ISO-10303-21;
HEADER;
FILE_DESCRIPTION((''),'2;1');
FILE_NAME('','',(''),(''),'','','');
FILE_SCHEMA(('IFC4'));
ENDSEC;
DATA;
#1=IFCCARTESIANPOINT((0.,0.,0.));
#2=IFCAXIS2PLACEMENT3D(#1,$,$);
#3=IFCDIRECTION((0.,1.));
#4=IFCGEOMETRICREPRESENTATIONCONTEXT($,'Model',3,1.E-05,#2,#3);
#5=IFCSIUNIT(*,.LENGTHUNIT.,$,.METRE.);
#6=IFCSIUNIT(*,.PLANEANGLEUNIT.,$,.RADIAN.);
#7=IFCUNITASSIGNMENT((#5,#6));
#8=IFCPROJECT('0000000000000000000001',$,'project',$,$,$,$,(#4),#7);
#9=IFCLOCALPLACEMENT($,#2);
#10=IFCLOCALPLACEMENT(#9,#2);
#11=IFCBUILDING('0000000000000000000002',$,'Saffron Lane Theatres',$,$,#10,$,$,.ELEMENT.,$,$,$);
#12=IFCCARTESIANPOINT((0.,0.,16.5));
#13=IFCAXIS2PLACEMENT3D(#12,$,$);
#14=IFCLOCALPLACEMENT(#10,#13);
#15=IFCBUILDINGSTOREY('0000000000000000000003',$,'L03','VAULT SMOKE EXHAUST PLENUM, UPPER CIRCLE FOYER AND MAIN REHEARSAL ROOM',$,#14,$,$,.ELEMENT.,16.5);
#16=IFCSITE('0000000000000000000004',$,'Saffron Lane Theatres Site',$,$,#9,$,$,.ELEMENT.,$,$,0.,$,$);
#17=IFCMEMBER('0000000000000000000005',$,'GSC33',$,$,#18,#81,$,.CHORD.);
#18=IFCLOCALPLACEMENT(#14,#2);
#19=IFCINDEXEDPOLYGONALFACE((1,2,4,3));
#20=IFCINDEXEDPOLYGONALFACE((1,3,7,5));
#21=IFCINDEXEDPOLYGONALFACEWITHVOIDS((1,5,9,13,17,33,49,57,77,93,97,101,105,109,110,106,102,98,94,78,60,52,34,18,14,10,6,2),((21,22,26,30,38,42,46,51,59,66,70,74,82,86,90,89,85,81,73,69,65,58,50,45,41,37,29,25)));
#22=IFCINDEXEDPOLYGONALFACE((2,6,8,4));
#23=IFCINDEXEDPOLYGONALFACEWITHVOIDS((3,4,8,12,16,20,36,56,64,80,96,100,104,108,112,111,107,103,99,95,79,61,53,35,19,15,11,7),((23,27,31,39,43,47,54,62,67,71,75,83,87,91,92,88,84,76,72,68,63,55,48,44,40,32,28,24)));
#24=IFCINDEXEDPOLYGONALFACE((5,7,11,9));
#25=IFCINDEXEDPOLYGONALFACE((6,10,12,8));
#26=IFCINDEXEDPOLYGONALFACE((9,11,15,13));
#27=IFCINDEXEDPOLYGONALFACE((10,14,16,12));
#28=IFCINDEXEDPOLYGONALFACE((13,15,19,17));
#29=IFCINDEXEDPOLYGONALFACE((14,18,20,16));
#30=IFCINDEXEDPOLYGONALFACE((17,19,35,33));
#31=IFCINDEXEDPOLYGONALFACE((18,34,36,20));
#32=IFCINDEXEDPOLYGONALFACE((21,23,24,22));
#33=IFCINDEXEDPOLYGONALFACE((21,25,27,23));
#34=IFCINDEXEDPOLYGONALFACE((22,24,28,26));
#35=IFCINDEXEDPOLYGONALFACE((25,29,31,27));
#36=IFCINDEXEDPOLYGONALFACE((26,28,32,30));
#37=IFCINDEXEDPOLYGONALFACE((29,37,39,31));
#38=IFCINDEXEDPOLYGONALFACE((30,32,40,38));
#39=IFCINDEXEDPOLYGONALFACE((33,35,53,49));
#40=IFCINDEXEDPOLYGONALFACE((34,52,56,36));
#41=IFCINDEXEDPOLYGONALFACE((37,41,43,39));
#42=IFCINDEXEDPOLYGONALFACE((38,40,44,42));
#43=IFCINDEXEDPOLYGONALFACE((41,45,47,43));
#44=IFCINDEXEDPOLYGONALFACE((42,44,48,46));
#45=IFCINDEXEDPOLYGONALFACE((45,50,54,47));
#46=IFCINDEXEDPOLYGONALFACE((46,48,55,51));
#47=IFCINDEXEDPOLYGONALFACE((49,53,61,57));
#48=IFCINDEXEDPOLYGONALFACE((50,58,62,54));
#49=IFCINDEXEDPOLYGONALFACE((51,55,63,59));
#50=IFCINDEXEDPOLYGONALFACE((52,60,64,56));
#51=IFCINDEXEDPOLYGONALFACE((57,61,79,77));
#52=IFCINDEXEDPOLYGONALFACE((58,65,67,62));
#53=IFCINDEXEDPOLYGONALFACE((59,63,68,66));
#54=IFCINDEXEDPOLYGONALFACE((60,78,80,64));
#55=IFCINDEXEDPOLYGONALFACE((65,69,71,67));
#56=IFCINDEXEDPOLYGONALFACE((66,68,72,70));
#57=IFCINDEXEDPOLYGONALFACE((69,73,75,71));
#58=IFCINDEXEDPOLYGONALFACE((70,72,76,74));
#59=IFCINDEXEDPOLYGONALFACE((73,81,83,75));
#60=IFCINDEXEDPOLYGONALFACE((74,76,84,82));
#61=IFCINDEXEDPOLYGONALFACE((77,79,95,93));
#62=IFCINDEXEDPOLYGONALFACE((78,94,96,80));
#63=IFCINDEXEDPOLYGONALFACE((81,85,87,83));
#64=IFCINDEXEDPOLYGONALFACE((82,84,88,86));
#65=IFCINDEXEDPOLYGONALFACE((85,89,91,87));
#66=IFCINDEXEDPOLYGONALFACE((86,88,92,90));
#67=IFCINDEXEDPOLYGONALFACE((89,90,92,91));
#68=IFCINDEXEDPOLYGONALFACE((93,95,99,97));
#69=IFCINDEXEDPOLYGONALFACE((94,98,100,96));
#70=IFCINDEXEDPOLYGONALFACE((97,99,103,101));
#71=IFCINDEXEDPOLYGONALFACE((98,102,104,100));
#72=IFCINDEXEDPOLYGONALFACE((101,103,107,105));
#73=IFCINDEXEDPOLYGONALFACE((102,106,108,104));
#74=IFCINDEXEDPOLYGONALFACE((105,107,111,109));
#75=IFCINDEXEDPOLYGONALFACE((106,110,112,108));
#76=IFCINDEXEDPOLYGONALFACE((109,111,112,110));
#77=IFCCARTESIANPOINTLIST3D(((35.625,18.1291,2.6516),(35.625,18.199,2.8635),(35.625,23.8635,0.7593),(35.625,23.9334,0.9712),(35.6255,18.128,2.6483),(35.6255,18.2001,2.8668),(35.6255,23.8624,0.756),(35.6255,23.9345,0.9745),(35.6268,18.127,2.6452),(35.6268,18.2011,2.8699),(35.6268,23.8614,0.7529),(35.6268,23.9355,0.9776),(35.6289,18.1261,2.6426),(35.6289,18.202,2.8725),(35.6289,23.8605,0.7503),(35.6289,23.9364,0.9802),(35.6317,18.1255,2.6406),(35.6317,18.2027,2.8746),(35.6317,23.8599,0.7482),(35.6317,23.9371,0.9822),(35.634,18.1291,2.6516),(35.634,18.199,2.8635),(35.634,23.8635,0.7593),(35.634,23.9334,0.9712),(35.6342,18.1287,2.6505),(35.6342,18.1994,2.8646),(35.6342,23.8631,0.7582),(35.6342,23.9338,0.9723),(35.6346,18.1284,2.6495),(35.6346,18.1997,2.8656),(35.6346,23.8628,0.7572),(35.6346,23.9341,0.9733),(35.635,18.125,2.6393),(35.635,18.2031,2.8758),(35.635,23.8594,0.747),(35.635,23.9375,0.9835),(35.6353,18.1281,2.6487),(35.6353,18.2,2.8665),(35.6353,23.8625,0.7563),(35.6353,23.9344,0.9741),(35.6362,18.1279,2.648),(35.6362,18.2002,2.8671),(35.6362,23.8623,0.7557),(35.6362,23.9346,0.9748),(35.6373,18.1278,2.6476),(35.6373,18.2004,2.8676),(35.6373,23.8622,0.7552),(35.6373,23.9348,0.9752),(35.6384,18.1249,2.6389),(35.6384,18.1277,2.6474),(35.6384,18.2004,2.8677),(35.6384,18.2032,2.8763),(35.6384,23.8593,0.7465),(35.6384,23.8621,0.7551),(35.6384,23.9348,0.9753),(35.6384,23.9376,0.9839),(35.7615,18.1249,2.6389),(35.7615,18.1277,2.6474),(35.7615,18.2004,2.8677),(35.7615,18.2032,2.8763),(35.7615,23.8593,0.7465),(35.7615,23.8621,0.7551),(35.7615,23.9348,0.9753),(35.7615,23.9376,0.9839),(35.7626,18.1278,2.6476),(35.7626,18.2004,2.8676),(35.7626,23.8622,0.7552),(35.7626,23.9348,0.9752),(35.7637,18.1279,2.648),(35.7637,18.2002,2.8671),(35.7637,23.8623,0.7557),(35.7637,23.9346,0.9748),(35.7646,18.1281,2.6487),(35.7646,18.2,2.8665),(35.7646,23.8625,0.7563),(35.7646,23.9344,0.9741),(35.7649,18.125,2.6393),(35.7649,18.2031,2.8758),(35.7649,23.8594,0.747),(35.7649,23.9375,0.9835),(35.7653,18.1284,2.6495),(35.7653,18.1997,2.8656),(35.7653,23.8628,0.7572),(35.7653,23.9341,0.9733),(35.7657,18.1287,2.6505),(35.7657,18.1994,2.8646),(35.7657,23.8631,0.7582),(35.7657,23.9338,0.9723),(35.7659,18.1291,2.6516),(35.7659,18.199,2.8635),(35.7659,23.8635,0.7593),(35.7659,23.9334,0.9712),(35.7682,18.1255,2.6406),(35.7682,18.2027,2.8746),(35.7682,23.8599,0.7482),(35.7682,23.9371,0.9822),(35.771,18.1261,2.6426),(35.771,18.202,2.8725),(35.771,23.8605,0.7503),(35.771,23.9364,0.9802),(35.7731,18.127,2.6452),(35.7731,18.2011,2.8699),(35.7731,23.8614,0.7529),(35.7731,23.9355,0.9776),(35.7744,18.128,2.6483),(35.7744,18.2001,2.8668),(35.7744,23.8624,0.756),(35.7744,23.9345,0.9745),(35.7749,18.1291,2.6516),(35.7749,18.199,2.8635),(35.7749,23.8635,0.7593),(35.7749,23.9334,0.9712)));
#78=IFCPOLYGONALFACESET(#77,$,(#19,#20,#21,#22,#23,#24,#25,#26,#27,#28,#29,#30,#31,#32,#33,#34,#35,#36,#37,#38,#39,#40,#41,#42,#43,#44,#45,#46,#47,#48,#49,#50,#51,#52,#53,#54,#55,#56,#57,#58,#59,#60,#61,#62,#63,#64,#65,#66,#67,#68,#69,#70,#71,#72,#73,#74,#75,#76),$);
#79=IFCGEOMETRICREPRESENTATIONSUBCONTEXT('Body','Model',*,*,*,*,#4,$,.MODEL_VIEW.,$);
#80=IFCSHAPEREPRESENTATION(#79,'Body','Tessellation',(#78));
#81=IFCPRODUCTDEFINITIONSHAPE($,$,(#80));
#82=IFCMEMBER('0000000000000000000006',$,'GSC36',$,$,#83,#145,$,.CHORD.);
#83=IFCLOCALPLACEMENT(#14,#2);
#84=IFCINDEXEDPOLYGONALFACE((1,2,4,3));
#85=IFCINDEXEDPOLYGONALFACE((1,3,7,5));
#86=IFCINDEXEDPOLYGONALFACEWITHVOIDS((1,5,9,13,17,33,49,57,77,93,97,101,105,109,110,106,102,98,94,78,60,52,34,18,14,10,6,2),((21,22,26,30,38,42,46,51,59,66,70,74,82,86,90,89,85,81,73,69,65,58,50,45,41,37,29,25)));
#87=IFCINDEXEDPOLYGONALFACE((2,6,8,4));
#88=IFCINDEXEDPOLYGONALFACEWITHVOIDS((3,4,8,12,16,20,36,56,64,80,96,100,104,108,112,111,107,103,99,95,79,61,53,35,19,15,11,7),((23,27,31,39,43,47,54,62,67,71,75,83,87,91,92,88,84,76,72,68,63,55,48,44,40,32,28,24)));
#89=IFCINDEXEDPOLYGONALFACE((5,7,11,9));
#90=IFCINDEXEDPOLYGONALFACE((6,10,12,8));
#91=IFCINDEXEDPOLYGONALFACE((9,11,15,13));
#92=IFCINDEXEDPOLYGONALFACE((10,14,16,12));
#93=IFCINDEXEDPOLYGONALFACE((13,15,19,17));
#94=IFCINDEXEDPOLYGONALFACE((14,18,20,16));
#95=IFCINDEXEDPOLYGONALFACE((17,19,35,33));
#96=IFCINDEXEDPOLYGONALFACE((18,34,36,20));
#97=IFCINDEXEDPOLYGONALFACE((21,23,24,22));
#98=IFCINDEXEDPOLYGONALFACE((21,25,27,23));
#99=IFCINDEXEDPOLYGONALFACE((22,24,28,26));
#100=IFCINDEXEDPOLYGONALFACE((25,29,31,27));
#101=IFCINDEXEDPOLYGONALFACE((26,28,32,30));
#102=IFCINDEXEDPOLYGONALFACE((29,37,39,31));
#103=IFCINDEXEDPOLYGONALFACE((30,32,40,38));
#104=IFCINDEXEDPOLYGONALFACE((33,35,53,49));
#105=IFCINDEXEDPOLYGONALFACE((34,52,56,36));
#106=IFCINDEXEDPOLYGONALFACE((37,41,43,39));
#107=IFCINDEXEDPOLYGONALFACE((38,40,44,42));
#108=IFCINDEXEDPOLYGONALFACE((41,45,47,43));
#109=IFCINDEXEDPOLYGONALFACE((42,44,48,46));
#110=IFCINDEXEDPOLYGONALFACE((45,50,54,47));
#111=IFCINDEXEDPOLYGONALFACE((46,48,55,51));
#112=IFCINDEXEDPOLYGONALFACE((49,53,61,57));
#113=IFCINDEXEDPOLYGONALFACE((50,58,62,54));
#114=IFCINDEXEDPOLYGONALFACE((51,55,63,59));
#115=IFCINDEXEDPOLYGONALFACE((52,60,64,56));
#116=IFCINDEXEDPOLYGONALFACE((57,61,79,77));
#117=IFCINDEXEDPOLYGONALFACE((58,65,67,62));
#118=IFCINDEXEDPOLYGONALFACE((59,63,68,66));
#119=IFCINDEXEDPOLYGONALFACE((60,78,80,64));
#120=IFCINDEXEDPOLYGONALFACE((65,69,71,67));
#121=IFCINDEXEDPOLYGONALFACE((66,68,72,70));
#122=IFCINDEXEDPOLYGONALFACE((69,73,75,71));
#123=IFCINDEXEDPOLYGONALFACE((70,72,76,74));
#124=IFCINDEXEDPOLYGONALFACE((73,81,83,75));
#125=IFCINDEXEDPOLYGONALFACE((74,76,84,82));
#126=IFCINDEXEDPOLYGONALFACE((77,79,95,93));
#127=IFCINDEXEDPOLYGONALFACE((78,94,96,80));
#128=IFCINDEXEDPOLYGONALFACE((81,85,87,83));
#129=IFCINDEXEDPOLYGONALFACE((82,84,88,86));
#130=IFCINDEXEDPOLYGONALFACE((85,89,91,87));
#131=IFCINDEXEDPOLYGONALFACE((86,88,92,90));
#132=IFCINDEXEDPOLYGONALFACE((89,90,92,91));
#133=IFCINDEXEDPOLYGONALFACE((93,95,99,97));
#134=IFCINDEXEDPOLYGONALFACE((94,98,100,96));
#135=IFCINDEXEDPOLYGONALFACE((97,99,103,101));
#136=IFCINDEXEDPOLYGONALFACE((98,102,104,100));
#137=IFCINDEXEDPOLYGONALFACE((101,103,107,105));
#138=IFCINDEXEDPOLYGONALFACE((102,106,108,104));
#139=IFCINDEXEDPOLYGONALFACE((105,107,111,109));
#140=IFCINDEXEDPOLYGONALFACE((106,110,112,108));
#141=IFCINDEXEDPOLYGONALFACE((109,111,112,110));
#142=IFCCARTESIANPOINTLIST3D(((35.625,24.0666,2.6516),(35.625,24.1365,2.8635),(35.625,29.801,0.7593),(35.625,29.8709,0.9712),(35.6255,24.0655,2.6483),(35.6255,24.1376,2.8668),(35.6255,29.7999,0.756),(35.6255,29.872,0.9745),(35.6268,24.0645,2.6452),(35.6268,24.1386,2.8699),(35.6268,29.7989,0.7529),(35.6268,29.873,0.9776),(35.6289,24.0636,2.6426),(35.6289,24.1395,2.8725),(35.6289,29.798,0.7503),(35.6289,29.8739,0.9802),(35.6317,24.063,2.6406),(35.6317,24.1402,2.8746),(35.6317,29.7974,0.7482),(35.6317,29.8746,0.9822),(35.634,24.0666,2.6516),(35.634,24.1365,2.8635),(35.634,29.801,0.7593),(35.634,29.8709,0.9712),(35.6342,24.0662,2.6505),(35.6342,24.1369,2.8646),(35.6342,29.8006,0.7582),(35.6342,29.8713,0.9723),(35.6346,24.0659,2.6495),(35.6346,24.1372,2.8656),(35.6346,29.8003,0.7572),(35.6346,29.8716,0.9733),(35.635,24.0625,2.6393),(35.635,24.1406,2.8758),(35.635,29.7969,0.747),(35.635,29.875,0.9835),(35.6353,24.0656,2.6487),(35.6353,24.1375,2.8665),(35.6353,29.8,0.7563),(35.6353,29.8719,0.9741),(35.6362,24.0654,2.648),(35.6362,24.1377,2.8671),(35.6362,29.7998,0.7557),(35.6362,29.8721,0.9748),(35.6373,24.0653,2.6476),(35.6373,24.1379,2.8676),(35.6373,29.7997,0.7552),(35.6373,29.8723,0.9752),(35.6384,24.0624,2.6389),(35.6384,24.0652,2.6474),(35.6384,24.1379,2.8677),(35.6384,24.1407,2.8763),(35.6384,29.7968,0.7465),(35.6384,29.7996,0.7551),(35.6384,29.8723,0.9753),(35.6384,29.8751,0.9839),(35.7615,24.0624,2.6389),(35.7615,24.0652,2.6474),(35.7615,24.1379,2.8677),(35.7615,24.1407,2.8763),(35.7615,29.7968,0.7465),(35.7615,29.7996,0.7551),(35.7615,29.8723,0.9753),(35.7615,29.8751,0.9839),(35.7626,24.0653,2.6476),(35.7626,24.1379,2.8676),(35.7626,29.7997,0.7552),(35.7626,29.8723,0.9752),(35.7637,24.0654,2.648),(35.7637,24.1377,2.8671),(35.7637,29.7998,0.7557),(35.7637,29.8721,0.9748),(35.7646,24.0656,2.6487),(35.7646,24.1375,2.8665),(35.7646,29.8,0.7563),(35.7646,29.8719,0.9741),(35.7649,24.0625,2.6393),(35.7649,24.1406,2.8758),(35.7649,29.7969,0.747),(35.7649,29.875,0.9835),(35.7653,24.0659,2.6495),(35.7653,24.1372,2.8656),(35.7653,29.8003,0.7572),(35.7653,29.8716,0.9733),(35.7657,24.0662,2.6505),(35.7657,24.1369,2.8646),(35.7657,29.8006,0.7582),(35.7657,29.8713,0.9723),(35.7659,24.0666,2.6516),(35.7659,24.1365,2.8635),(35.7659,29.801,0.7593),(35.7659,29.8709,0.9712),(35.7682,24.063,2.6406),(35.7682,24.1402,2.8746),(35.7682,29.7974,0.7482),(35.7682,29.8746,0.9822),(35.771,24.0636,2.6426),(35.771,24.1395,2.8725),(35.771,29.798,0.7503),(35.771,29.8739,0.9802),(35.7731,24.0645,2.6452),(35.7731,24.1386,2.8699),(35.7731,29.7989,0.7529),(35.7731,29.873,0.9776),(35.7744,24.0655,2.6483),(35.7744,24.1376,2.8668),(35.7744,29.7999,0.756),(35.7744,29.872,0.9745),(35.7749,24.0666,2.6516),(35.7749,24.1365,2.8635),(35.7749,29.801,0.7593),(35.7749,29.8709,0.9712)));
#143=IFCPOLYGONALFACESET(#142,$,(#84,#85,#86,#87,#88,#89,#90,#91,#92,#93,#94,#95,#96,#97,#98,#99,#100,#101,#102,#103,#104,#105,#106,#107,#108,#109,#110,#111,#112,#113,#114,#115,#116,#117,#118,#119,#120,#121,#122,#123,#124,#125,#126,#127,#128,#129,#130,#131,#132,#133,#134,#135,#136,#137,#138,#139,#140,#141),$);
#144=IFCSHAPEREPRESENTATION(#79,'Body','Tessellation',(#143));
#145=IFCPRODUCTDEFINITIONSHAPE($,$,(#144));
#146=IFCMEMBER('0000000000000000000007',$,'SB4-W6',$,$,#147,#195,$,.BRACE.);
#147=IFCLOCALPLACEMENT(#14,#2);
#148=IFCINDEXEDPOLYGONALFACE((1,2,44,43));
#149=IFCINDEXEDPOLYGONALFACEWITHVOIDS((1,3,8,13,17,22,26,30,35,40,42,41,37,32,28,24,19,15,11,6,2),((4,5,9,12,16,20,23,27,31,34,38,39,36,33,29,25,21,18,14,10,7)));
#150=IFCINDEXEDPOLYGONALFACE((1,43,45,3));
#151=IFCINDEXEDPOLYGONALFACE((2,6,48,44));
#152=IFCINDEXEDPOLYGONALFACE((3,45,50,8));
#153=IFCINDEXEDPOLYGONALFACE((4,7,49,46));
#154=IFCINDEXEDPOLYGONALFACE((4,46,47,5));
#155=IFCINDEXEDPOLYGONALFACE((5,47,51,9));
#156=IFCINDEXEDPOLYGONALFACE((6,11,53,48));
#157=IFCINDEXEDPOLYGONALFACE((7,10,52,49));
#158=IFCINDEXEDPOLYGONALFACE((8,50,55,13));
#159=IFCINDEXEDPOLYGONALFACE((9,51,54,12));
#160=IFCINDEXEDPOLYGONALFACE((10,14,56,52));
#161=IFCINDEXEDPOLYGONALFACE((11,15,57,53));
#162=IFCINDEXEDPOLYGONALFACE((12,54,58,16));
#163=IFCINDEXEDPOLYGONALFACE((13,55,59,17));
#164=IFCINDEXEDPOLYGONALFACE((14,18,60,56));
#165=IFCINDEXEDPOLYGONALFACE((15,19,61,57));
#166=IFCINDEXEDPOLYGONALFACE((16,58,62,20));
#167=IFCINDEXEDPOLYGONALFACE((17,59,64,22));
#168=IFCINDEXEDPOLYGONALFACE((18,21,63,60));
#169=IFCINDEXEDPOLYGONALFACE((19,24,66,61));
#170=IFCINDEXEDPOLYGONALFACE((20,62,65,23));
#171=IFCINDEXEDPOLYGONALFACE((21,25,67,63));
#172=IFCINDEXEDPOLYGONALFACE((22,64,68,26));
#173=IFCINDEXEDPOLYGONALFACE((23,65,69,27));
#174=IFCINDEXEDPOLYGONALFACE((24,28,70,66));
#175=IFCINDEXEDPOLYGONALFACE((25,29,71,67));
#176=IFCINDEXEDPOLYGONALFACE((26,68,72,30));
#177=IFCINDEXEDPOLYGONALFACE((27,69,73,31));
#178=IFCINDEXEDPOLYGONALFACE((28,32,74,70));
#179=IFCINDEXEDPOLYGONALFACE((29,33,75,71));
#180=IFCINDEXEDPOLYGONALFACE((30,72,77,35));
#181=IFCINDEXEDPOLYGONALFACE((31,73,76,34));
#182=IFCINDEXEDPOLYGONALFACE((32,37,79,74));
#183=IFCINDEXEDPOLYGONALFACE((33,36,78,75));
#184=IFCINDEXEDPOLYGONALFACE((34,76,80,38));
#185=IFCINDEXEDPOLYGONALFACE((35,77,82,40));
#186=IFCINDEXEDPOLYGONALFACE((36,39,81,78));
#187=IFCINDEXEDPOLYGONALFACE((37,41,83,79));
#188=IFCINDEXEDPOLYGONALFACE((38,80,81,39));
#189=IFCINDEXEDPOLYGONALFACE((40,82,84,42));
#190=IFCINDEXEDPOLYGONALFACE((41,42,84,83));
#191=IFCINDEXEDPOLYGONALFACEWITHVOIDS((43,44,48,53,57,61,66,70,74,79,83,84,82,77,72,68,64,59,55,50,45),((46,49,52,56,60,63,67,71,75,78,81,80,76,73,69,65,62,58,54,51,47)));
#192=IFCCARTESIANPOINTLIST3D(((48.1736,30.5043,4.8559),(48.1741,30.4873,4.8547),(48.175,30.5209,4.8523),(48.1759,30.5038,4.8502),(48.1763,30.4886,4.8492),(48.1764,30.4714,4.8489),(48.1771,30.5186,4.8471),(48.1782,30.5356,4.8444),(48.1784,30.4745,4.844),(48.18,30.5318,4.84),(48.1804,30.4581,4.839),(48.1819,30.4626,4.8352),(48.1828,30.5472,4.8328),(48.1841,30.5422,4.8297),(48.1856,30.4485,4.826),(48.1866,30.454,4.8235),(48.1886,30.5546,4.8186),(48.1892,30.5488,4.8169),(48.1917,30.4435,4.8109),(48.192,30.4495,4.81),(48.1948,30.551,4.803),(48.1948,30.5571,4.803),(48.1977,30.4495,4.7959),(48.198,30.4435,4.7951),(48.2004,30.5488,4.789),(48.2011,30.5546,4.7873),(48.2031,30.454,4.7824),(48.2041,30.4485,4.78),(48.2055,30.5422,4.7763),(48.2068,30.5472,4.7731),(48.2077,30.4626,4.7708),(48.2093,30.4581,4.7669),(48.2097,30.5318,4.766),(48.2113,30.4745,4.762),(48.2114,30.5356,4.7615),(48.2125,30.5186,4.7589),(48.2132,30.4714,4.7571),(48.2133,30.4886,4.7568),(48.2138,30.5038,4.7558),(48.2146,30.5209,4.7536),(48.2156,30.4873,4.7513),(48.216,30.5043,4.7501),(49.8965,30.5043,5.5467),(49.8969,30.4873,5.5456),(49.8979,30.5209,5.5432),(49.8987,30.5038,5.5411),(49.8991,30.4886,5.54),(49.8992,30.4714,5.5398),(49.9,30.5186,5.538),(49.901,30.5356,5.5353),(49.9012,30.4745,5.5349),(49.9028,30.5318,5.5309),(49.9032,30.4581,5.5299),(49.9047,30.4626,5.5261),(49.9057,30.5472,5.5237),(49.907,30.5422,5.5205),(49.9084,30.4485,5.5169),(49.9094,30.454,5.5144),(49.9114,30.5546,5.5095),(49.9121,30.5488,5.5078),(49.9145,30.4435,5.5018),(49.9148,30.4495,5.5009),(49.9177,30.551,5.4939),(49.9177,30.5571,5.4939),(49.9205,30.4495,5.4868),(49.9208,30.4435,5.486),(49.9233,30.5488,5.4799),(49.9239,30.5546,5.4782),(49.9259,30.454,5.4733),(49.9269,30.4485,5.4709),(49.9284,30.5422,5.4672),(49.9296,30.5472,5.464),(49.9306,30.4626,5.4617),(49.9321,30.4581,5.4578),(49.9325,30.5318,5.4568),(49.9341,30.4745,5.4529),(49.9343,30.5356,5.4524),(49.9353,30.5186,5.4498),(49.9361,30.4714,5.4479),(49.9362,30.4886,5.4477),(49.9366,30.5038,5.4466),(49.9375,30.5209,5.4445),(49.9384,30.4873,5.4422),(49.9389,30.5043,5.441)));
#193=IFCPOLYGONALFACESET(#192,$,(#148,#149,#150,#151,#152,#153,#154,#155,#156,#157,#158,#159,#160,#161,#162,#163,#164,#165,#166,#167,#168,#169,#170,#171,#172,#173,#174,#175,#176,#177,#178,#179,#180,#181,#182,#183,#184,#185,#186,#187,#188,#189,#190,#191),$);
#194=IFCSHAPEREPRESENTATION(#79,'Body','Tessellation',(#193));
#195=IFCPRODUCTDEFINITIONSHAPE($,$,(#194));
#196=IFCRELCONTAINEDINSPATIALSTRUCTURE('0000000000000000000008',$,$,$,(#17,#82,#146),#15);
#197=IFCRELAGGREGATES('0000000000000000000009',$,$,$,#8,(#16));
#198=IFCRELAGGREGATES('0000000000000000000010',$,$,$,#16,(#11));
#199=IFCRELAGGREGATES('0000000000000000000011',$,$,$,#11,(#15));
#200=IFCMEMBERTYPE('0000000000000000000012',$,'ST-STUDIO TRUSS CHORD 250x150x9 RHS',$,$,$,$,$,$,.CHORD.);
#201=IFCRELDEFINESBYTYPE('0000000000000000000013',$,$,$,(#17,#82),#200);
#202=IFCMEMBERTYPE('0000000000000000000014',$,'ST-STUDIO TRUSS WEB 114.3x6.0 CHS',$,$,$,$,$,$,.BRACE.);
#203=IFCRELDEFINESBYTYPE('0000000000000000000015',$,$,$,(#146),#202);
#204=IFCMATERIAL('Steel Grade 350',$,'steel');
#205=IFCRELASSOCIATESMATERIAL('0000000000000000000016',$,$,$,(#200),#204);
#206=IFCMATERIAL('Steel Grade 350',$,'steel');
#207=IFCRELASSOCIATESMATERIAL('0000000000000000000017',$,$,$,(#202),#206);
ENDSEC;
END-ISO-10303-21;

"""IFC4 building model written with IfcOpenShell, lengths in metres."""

from ifc_helpers import new_model, si_unit, direction, frame, origin, origin_2d, place, context, subcontext, project, spatial, hollow_rectangle, hollow_circle, extrude, material, material_profile, profile_set, type_object, element, save


model = new_model("IFC4")

# Units and contexts
model_context = context("Model", 3, precision=1e-05, world=origin(), true_north=direction((0.0, 1.0)))
body_context = subcontext(model_context, "Body", "Model", "MODEL_VIEW")
ifc_project = project(units=[si_unit("LENGTHUNIT", "METRE"), si_unit("PLANEANGLEUNIT", "RADIAN")], contexts=[model_context])

# Site, building, storey
site_placement = place(None, origin())
site = spatial("IfcSite", under=ifc_project, at=site_placement, Name="Saffron Lane Theatres Site", CompositionType="ELEMENT", RefElevation=0.0)
building_placement = place(site_placement, origin())
building = spatial("IfcBuilding", under=site, at=building_placement, Name="Saffron Lane Theatres", CompositionType="ELEMENT")
storey_placement = place(building_placement, frame((0.0, 0.0, 16.5)))
storey = spatial("IfcBuildingStorey", under=building, at=storey_placement, Name="L03", Description="VAULT SMOKE EXHAUST PLENUM, UPPER CIRCLE FOYER AND MAIN REHEARSAL ROOM", CompositionType="ELEMENT", Elevation=16.5)

# Members
ifc_material_1 = material(Name="Steel Grade 350", Category="steel")
ifc_material_profile_1 = material_profile(ifc_material_1, hollow_rectangle(XDim=0.1499, YDim=0.25, WallThickness=0.009, InnerFilletRadius=0.0044, OuterFilletRadius=0.0134, at=origin_2d()))
ifc_profile_set_1 = profile_set([ifc_material_profile_1], Name="Steel Grade 350")
member_type_1 = type_object("IfcMemberType", Name="ST-STUDIO TRUSS CHORD 250x150x9 RHS", PredefinedType="CHORD", material=ifc_profile_set_1)
for number, where, z_axis, x_axis, name in (
    (1, (35.7, 18.1641, 2.7576), (0.0, 0.949629, -0.313376), (-1.0, 0.0, 0.0), "GSC33"),
    (2, (35.7, 24.1016, 2.7576), (0.0, 0.949629, -0.313376), (-1.0, 0.0, 0.0), "GSC36"),
):
    element("IfcMember", number, at=place(storey_placement, frame(where, z_axis=z_axis, x_axis=x_axis)), inside=storey, type_object=member_type_1, Name=name, PredefinedType="CHORD", context=body_context, shape_type="SweptSolid", body=[
        extrude(hollow_rectangle(XDim=0.1499, YDim=0.25, WallThickness=0.009, InnerFilletRadius=0.0044, OuterFilletRadius=0.0134, at=origin_2d()), origin(), (0.0, 0.0, 1.0), 6.0386),
    ])
ifc_material_2 = material(Name="Steel Grade 350", Category="steel")
ifc_material_profile_2 = material_profile(ifc_material_2, hollow_circle(Radius=0.0571, WallThickness=0.0061, at=origin_2d()))
ifc_profile_set_2 = profile_set([ifc_material_profile_2], Name="Steel Grade 350")
member_type_2 = type_object("IfcMemberType", Name="ST-STUDIO TRUSS WEB 114.3x6.0 CHS", PredefinedType="BRACE", material=ifc_profile_set_2)
member_1_placement = place(storey_placement, frame((48.1948, 30.5, 4.803), z_axis=(0.92815, 0.0, 0.372207), x_axis=(0.0, 1.0, 0.0)))
element("IfcMember", 3, at=member_1_placement, inside=storey, type_object=member_type_2, Name="SB4-W6", PredefinedType="BRACE", context=body_context, shape_type="SweptSolid", body=[
    extrude(hollow_circle(Radius=0.0571, WallThickness=0.0061, at=origin_2d()), origin(), (0.0, 0.0, 1.0), 1.8562),
])

save(model, "model.ifc")
